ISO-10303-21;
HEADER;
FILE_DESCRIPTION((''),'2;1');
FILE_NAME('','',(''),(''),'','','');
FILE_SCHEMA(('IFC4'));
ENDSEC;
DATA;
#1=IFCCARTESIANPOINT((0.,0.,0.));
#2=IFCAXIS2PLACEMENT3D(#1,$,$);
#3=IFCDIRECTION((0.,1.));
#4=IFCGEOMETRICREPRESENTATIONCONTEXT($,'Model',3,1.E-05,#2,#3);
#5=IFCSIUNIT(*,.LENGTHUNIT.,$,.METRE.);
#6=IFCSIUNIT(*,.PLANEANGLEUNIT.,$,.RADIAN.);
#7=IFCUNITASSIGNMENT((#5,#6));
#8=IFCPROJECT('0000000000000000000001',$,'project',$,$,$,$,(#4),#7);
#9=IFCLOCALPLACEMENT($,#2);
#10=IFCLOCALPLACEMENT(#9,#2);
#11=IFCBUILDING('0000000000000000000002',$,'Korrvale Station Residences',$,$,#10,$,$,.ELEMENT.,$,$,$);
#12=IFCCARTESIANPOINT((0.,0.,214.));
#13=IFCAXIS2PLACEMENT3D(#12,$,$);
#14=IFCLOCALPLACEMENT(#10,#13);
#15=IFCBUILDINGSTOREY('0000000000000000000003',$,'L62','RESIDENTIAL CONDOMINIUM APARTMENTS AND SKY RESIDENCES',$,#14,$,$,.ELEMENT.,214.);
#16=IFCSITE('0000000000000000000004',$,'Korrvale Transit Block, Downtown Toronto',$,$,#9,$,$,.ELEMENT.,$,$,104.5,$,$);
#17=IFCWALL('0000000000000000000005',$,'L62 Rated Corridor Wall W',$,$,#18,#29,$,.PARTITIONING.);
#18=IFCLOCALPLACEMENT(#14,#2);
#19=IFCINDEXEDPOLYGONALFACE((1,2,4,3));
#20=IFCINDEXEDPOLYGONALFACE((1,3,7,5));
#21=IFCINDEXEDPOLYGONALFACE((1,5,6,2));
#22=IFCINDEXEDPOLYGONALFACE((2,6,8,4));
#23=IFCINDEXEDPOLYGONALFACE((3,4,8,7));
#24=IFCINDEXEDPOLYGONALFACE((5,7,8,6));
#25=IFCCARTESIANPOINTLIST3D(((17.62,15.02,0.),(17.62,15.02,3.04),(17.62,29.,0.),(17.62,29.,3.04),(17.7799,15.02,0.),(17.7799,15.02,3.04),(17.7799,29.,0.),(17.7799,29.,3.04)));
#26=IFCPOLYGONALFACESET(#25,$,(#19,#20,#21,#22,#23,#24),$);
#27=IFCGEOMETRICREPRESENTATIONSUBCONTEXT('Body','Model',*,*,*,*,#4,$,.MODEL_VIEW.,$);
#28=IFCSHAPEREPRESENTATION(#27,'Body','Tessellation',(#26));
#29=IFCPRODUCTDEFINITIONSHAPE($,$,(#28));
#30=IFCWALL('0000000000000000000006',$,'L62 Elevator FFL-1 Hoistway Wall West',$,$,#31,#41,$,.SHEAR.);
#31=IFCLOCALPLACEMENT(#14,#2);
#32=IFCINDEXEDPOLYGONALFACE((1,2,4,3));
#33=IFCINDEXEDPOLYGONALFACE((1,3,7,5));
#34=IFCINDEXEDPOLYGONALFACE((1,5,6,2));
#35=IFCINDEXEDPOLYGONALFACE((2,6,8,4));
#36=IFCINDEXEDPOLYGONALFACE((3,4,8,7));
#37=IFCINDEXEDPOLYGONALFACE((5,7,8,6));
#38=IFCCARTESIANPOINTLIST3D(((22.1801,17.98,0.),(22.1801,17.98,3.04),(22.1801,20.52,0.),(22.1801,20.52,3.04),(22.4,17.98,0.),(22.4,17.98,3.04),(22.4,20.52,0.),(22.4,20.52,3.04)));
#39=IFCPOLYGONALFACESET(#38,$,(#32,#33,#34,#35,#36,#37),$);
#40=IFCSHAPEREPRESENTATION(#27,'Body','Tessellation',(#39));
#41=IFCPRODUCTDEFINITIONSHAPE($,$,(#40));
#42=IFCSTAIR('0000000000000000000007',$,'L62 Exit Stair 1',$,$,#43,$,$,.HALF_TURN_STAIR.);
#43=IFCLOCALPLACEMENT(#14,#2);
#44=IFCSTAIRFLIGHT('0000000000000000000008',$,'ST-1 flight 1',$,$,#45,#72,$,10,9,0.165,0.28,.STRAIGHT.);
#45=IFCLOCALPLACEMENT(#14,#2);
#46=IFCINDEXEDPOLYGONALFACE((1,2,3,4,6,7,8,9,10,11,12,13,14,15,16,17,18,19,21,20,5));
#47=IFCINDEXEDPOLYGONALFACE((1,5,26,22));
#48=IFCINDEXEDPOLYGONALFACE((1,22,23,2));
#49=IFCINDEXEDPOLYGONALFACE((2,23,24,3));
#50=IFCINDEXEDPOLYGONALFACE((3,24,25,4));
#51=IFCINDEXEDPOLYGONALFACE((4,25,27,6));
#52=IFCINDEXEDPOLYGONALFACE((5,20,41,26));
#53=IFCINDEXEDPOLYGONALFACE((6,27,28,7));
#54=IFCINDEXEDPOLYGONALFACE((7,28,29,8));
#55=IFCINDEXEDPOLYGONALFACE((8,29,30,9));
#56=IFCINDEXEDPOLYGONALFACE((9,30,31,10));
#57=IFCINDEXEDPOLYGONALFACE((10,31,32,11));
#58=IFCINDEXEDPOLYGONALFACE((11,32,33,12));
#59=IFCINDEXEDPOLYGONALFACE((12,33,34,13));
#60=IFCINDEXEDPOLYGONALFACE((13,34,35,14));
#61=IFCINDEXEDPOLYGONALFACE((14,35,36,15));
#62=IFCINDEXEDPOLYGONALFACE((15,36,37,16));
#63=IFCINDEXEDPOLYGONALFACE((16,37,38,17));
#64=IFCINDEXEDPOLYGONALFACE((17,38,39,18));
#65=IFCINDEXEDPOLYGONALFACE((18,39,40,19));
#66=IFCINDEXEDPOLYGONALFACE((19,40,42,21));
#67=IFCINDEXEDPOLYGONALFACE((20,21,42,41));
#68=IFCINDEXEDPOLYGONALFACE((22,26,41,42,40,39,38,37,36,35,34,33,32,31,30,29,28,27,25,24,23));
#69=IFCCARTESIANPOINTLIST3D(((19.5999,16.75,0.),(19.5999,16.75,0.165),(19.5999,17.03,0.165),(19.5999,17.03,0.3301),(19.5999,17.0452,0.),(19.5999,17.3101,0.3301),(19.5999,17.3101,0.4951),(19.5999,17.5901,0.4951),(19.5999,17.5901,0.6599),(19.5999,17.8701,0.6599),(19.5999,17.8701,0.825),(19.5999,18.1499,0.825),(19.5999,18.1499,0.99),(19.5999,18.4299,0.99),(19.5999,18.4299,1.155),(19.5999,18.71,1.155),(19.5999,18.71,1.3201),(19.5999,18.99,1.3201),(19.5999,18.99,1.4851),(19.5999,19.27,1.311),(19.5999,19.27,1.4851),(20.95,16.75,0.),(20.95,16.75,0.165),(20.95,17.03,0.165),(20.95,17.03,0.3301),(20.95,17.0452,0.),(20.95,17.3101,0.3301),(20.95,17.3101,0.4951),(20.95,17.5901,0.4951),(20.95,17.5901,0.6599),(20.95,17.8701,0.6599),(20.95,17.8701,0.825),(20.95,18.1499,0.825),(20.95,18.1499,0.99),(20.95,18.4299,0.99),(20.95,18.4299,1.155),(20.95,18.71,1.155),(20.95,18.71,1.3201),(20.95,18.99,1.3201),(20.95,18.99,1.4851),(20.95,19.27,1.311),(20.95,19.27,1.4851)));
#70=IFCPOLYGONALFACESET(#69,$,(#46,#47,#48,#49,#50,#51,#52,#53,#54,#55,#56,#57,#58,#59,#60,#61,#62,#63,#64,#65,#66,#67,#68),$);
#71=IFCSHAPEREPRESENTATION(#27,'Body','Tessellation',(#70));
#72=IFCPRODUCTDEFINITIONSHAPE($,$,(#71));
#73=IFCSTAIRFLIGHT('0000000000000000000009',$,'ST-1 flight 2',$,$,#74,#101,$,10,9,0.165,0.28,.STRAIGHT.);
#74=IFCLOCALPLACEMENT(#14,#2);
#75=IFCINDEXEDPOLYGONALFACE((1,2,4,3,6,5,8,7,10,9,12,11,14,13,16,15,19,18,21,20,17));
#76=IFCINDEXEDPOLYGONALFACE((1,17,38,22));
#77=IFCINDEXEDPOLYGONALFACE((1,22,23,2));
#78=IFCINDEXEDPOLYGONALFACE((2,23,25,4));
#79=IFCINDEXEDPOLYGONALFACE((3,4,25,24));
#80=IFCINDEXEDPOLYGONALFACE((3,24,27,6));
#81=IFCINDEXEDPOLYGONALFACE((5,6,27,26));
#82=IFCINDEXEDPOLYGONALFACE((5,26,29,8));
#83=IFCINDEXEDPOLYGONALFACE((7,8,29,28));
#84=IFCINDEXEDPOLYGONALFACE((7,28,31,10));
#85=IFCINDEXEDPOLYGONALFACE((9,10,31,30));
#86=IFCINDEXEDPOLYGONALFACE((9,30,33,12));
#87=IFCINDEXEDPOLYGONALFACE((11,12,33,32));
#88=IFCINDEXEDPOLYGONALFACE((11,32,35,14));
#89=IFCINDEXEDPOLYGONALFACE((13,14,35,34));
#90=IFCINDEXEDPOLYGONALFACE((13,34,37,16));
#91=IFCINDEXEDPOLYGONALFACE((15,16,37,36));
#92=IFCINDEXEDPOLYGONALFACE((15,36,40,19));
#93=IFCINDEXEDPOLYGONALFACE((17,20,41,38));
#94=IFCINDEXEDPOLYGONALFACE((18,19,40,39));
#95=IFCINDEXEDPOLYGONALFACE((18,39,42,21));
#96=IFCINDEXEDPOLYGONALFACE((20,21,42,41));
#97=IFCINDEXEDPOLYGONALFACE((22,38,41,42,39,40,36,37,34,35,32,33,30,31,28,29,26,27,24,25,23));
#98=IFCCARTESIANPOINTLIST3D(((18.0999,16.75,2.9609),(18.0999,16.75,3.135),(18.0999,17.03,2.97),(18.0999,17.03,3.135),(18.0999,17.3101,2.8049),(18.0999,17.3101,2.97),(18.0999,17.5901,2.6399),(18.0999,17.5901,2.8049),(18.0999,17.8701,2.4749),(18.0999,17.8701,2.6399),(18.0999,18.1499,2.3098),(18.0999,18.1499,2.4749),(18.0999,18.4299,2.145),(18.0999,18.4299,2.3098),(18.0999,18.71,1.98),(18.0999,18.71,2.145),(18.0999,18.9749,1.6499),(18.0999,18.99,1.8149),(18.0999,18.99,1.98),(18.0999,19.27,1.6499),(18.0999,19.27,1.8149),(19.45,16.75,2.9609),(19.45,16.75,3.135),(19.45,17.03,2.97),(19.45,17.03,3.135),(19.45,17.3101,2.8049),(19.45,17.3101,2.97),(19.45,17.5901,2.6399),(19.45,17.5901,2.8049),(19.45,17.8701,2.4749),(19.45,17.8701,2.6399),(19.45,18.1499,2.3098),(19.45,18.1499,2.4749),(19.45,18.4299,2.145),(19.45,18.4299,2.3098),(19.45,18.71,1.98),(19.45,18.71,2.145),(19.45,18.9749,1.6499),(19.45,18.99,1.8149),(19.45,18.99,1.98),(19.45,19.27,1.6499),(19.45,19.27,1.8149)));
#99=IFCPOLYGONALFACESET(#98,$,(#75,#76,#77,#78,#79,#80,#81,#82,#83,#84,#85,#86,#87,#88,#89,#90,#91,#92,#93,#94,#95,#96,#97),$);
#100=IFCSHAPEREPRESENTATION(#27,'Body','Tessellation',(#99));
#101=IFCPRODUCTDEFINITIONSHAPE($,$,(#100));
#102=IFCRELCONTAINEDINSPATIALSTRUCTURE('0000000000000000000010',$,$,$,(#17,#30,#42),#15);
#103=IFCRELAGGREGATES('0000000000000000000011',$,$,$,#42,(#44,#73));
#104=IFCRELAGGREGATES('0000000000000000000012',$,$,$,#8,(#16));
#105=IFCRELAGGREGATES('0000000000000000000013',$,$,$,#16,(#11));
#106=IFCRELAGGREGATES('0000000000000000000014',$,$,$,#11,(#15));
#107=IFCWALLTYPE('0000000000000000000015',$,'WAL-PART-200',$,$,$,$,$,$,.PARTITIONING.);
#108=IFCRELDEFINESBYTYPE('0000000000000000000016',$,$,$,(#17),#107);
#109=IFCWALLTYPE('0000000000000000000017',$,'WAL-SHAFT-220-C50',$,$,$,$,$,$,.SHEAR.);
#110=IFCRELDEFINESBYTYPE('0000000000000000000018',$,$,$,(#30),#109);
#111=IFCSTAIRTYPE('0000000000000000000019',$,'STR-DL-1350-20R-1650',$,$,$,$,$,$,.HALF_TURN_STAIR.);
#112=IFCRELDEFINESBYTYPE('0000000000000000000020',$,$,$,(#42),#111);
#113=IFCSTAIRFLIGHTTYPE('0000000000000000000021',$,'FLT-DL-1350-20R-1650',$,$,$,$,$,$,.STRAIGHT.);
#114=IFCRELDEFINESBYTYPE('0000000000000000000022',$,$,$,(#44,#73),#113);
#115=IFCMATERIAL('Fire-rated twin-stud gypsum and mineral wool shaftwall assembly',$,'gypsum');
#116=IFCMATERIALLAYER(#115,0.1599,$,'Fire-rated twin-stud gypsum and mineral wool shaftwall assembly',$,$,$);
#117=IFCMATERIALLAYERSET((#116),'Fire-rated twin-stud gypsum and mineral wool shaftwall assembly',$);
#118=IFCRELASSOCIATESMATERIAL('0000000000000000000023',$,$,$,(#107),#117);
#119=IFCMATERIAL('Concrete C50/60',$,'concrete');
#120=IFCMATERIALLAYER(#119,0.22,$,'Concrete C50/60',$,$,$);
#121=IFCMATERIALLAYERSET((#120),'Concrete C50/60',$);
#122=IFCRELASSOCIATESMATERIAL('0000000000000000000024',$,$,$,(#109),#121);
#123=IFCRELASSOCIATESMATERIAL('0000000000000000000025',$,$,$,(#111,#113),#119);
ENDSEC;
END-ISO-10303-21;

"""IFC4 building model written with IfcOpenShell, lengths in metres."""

from ifc_helpers import new_model, si_unit, direction, frame, frame_2d, origin, place, context, subcontext, project, spatial, polyline, rectangle, outline, extrude, material, layer, layer_set, type_object, element, aggregate, save


model = new_model("IFC4")

# Units and contexts
model_context = context("Model", 3, precision=1e-05, world=origin(), true_north=direction((0.0, 1.0)))
body_context = subcontext(model_context, "Body", "Model", "MODEL_VIEW")
ifc_project = project(units=[si_unit("LENGTHUNIT", "METRE"), si_unit("PLANEANGLEUNIT", "RADIAN")], contexts=[model_context])

# Site, building, storey
site_placement = place(None, origin())
site = spatial("IfcSite", under=ifc_project, at=site_placement, Name="Korrvale Transit Block, Downtown Toronto", CompositionType="ELEMENT", RefElevation=104.5)
building_placement = place(site_placement, origin())
building = spatial("IfcBuilding", under=site, at=building_placement, Name="Korrvale Station Residences", CompositionType="ELEMENT")
storey_placement = place(building_placement, frame((0.0, 0.0, 214.0)))
storey = spatial("IfcBuildingStorey", under=building, at=storey_placement, Name="L62", Description="RESIDENTIAL CONDOMINIUM APARTMENTS AND SKY RESIDENCES", CompositionType="ELEMENT", Elevation=214.0)

# Shared definitions
ifc_material_1 = material(Name="Concrete C50/60", Category="concrete")

# Shared definitions
ifc_material_2 = material(Name="Fire-rated twin-stud gypsum and mineral wool shaftwall assembly", Category="gypsum")
ifc_layer_1 = layer(ifc_material_2, 0.1599, Name="Fire-rated twin-stud gypsum and mineral wool shaftwall assembly")
ifc_layer_set_1 = layer_set([ifc_layer_1], Name="Fire-rated twin-stud gypsum and mineral wool shaftwall assembly")
wall_type_1 = type_object("IfcWallType", Name="WAL-PART-200", PredefinedType="PARTITIONING", material=ifc_layer_set_1)

# Wall
wall_1_placement = place(storey_placement, frame((17.7, 15.02, 0.0), z_axis=(0.0, 0.0, 1.0), x_axis=(0.0, 1.0, 0.0)))
element("IfcWall", 1, at=wall_1_placement, inside=storey, type_object=wall_type_1, Name="L62 Rated Corridor Wall W", PredefinedType="PARTITIONING", context=body_context, shape_type="SweptSolid", body=[
    extrude(rectangle(XDim=13.98, YDim=0.1599, at=frame_2d((6.99, 0.0))), origin(), (0.0, 0.0, 1.0), 3.04),
])

# Shared definitions
ifc_layer_2 = layer(ifc_material_1, 0.22, Name="Concrete C50/60")
ifc_layer_set_2 = layer_set([ifc_layer_2], Name="Concrete C50/60")
wall_type_2 = type_object("IfcWallType", Name="WAL-SHAFT-220-C50", PredefinedType="SHEAR", material=ifc_layer_set_2)

# Wall
wall_2_placement = place(storey_placement, frame((22.29, 17.98, 0.0), z_axis=(0.0, 0.0, 1.0), x_axis=(0.0, 1.0, 0.0)))
element("IfcWall", 2, at=wall_2_placement, inside=storey, type_object=wall_type_2, Name="L62 Elevator FFL-1 Hoistway Wall West", PredefinedType="SHEAR", context=body_context, shape_type="SweptSolid", body=[
    extrude(rectangle(XDim=2.54, YDim=0.22, at=frame_2d((1.27, 0.0))), origin(), (0.0, 0.0, 1.0), 3.04),
])

# Stair, stair flights
stair_type = type_object("IfcStairType", Name="STR-DL-1350-20R-1650", PredefinedType="HALF_TURN_STAIR", material=ifc_material_1)
stair_placement = place(storey_placement, origin())
stair = element("IfcStair", 3, at=stair_placement, inside=storey, type_object=stair_type, Name="L62 Exit Stair 1", PredefinedType="HALF_TURN_STAIR")
stair_flight_type = type_object("IfcStairFlightType", Name="FLT-DL-1350-20R-1650", PredefinedType="STRAIGHT", material=ifc_material_1)
stair_flight_1_placement = place(storey_placement, frame((20.2749, 16.75, 0.0), z_axis=(0.0, 0.0, 1.0), x_axis=(0.0, 1.0, 0.0)))
stair_flight_1 = element("IfcStairFlight", 4, at=stair_flight_1_placement, type_object=stair_flight_type, Name="ST-1 flight 1", NumberOfRisers=10, NumberOfTreads=9, PredefinedType="STRAIGHT", RiserHeight=0.165, TreadLength=0.28, context=body_context, shape_type="SweptSolid", body=[
    extrude(outline(polyline([(0.0, 0.0), (0.0, 0.165), (0.28, 0.165), (0.28, 0.3301), (0.5601, 0.3301), (0.5601, 0.4951), (0.8401, 0.4951), (0.8401, 0.6599), (1.1201, 0.6599), (1.1201, 0.825), (1.3999, 0.825), (1.3999, 0.99), (1.6799, 0.99), (1.6799, 1.155), (1.96, 1.155), (1.96, 1.3201), (2.24, 1.3201), (2.24, 1.4851), (2.52, 1.4851), (2.52, 1.6499), (2.52, 1.311), (0.2952, 0.0), (0.0, 0.0)])), frame((0.0, 0.675, 0.0), z_axis=(0.0, -1.0, 0.0), x_axis=(1.0, 0.0, 0.0)), (0.0, 0.0, 1.0), 1.3501),
])
stair_flight_2_placement = place(storey_placement, frame((18.7749, 19.27, 1.6499), z_axis=(0.0, 0.0, 1.0), x_axis=(0.0, -1.0, 0.0)))
stair_flight_2 = element("IfcStairFlight", 5, at=stair_flight_2_placement, type_object=stair_flight_type, Name="ST-1 flight 2", NumberOfRisers=10, NumberOfTreads=9, PredefinedType="STRAIGHT", RiserHeight=0.165, TreadLength=0.28, context=body_context, shape_type="SweptSolid", body=[
    extrude(outline(polyline([(0.0, 0.0), (0.0, 0.165), (0.28, 0.165), (0.28, 0.3301), (0.5601, 0.3301), (0.5601, 0.4951), (0.8401, 0.4951), (0.8401, 0.6599), (1.1201, 0.6599), (1.1201, 0.825), (1.3999, 0.825), (1.3999, 0.99), (1.6799, 0.99), (1.6799, 1.155), (1.96, 1.155), (1.96, 1.3201), (2.24, 1.3201), (2.24, 1.4851), (2.52, 1.4851), (2.52, 1.6499), (2.52, 1.311), (0.2952, 0.0), (0.0, 0.0)])), frame((0.0, 0.675, 0.0), z_axis=(0.0, -1.0, 0.0), x_axis=(1.0, 0.0, 0.0)), (0.0, 0.0, 1.0), 1.3501),
])
aggregate(stair, [stair_flight_1, stair_flight_2])

save(model, "model.ifc")
